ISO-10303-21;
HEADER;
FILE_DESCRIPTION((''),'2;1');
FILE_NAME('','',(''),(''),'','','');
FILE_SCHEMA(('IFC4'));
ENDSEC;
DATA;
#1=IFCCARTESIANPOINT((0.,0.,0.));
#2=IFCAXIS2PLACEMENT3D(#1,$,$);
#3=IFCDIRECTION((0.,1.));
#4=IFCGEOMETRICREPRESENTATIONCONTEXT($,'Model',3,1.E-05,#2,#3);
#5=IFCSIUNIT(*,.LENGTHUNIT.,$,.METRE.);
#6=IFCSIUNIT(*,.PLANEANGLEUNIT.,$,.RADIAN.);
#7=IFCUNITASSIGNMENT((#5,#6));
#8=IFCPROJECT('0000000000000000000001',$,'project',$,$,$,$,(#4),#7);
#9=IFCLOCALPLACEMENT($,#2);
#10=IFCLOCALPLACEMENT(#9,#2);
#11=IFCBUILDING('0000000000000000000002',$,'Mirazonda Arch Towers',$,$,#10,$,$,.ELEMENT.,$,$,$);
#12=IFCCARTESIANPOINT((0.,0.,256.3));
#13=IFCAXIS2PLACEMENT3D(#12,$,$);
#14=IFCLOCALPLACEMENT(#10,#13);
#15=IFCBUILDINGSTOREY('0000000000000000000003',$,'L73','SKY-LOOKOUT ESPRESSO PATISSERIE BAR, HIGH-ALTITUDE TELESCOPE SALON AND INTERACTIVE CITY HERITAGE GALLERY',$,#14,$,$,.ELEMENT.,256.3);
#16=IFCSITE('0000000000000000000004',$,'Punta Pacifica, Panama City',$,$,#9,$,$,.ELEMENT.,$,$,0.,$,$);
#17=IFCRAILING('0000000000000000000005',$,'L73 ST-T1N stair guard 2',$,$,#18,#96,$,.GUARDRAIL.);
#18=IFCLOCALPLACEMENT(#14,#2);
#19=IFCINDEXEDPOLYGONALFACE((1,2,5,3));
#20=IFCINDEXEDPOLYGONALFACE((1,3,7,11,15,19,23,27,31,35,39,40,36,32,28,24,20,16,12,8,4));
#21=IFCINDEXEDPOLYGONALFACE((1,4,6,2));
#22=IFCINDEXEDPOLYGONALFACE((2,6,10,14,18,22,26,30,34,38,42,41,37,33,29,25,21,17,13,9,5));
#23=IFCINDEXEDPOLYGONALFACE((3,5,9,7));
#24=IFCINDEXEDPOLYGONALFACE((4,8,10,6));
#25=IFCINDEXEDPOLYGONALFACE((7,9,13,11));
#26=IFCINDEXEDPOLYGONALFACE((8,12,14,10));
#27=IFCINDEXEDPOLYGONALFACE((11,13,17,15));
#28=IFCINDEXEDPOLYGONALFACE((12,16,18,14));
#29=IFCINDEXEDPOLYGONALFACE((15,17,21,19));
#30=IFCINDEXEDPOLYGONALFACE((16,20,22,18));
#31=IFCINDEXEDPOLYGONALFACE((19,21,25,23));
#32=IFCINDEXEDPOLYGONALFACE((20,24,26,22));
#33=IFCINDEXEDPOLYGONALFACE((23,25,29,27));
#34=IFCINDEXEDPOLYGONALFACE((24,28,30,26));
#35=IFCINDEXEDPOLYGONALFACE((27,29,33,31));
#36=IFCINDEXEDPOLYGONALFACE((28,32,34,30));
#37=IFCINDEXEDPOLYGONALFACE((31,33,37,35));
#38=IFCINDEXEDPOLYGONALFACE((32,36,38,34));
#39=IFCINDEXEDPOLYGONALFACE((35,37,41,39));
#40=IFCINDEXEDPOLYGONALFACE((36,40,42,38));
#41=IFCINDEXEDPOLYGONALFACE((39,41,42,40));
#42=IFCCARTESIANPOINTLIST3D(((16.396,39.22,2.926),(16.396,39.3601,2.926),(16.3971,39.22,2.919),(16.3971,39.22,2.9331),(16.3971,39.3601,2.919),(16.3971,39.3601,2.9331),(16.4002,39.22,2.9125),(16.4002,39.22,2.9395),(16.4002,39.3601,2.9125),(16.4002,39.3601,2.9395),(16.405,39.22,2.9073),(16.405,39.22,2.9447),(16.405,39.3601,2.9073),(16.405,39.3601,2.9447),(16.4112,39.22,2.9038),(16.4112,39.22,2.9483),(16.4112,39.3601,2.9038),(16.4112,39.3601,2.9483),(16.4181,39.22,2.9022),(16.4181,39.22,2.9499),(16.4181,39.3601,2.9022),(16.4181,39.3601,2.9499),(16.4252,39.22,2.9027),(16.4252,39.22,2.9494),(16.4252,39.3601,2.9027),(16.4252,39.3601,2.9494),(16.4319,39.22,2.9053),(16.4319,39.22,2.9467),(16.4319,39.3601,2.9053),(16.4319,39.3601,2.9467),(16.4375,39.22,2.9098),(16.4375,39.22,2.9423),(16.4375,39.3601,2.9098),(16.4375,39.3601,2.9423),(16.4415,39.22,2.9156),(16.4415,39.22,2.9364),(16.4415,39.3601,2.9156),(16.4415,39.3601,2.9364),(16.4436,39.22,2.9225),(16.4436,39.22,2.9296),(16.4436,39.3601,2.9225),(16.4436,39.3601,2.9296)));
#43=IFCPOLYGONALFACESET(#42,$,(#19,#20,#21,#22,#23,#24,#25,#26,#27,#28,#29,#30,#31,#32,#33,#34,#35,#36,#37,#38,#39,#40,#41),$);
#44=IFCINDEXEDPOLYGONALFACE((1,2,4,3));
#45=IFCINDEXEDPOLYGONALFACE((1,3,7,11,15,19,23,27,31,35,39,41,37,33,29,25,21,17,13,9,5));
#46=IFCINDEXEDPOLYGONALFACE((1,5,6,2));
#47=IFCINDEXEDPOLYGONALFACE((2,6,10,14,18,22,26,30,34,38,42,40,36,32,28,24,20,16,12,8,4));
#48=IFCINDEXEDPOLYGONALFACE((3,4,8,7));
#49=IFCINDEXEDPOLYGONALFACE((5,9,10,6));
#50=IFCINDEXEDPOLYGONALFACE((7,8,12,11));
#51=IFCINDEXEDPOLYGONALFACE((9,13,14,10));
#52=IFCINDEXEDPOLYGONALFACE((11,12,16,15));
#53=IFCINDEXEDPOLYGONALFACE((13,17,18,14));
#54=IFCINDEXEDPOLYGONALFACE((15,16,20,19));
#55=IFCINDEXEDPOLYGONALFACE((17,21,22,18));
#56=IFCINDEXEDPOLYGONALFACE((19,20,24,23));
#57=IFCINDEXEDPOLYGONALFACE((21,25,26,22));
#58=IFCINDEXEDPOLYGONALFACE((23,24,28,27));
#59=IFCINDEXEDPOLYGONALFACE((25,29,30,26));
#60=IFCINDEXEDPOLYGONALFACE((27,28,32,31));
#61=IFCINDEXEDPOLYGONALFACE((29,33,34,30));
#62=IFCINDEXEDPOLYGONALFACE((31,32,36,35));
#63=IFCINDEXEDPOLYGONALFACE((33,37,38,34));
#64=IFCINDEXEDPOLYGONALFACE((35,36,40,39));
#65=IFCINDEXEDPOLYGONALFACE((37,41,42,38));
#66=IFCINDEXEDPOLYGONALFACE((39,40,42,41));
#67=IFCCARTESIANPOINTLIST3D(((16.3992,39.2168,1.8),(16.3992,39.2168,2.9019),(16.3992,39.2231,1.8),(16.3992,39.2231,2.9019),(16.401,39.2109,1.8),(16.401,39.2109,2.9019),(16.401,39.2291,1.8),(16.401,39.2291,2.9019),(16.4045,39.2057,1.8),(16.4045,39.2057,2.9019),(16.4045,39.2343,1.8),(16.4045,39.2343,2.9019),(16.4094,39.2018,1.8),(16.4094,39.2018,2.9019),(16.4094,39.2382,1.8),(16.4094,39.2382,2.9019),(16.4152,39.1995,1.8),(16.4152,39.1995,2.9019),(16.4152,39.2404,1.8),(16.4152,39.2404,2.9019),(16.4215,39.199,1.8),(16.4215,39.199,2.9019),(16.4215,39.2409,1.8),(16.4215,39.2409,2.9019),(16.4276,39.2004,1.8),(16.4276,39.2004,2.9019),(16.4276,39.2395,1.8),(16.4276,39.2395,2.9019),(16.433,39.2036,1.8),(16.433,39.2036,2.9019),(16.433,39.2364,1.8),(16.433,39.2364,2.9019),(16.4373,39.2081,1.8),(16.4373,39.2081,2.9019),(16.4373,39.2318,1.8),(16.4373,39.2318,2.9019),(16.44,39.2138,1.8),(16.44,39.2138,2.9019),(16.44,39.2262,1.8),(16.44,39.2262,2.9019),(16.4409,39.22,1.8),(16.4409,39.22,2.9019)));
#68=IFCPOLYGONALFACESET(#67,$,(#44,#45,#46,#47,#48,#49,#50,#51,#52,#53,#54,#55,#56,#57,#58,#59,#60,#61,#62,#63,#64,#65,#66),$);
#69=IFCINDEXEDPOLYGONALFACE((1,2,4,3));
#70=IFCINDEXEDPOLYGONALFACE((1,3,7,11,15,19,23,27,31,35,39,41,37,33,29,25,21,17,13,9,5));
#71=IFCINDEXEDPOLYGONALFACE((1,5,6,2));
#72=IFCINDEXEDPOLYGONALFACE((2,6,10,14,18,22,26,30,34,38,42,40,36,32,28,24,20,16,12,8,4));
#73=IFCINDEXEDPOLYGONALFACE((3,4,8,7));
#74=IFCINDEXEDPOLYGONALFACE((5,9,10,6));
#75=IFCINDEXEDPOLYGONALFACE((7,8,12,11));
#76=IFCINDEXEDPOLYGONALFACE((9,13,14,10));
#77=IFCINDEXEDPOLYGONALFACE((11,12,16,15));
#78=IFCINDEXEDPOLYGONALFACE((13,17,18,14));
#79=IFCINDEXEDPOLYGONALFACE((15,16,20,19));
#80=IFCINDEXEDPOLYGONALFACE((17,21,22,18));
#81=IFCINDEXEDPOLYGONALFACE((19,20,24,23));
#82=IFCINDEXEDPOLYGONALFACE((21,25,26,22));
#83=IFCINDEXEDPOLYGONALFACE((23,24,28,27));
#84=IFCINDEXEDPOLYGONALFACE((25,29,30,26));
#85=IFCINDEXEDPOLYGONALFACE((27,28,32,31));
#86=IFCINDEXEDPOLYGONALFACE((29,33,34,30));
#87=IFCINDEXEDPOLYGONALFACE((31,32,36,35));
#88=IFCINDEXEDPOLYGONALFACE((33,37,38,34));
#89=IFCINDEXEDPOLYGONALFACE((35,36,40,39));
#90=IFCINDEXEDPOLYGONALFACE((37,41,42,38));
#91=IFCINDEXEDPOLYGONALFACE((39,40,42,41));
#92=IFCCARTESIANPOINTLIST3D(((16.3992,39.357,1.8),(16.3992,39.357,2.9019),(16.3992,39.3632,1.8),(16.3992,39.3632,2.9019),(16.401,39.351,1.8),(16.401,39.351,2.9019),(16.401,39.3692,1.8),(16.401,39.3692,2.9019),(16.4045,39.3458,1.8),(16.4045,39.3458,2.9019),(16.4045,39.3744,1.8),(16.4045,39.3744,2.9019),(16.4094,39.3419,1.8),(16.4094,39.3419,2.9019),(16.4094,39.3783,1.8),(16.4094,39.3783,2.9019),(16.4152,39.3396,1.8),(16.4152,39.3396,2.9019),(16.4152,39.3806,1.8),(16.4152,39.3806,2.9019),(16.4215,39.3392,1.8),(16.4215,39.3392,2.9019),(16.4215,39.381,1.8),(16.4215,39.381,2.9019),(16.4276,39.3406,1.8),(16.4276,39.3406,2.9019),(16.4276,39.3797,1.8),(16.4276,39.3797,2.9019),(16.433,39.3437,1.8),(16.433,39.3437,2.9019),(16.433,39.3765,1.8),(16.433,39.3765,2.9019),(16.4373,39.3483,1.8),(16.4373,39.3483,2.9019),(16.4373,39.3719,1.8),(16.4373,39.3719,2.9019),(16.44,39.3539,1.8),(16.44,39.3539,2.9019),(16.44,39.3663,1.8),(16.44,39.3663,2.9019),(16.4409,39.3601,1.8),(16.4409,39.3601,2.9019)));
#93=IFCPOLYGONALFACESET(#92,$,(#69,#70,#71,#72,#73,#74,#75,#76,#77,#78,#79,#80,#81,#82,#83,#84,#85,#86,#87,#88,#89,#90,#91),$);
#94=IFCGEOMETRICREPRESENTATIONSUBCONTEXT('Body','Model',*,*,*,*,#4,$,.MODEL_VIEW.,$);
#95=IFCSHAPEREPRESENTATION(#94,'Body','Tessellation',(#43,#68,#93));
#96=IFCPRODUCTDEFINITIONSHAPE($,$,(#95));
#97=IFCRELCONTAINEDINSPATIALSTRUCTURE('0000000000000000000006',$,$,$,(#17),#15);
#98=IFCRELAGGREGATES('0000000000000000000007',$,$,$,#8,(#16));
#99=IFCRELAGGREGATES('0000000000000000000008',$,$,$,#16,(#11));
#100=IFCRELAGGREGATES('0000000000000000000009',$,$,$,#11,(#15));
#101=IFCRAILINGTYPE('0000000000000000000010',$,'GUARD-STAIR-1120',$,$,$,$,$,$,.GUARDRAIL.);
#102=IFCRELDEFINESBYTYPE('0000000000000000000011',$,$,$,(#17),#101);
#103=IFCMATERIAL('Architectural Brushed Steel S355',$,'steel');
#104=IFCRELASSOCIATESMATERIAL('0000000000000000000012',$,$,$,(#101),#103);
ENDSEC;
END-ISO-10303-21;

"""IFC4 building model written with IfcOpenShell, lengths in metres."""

from ifc_helpers import new_model, si_unit, direction, frame, origin, origin_2d, place, context, subcontext, project, spatial, circle, extrude, material, type_object, element, save


model = new_model("IFC4")

# Units and contexts
model_context = context("Model", 3, precision=1e-05, world=origin(), true_north=direction((0.0, 1.0)))
body_context = subcontext(model_context, "Body", "Model", "MODEL_VIEW")
ifc_project = project(units=[si_unit("LENGTHUNIT", "METRE"), si_unit("PLANEANGLEUNIT", "RADIAN")], contexts=[model_context])

# Site, building, storey
site_placement = place(None, origin())
site = spatial("IfcSite", under=ifc_project, at=site_placement, Name="Punta Pacifica, Panama City", CompositionType="ELEMENT", RefElevation=0.0)
building_placement = place(site_placement, origin())
building = spatial("IfcBuilding", under=site, at=building_placement, Name="Mirazonda Arch Towers", CompositionType="ELEMENT")
storey_placement = place(building_placement, frame((0.0, 0.0, 256.3)))
storey = spatial("IfcBuildingStorey", under=building, at=storey_placement, Name="L73", Description="SKY-LOOKOUT ESPRESSO PATISSERIE BAR, HIGH-ALTITUDE TELESCOPE SALON AND INTERACTIVE CITY HERITAGE GALLERY", CompositionType="ELEMENT", Elevation=256.3)

# Shared definitions
ifc_material_1 = material(Name="Architectural Brushed Steel S355", Category="steel")

# Railing
railing_type_1 = type_object("IfcRailingType", Name="GUARD-STAIR-1120", PredefinedType="GUARDRAIL", material=ifc_material_1)
railing_1_placement = place(storey_placement, frame((16.4199, 39.22, 1.8)))
element("IfcRailing", 1, at=railing_1_placement, inside=storey, type_object=railing_type_1, Name="L73 ST-T1N stair guard 2", PredefinedType="GUARDRAIL", context=body_context, shape_type="SweptSolid", body=[
    extrude(circle(Radius=0.0239, at=origin_2d()), frame((0.0, 0.0, 1.126), z_axis=(0.0, 1.0, 0.0), x_axis=(-1.0, 0.0, 0.0)), (0.0, 0.0, 1.0), 0.1401),
    extrude(circle(Radius=0.021, at=origin_2d()), origin(), (0.0, 0.0, 1.0), 1.1018),
    extrude(circle(Radius=0.021, at=origin_2d()), frame((0.0, 0.1401, 0.0)), (0.0, 0.0, 1.0), 1.1018),
])

save(model, "model.ifc")
